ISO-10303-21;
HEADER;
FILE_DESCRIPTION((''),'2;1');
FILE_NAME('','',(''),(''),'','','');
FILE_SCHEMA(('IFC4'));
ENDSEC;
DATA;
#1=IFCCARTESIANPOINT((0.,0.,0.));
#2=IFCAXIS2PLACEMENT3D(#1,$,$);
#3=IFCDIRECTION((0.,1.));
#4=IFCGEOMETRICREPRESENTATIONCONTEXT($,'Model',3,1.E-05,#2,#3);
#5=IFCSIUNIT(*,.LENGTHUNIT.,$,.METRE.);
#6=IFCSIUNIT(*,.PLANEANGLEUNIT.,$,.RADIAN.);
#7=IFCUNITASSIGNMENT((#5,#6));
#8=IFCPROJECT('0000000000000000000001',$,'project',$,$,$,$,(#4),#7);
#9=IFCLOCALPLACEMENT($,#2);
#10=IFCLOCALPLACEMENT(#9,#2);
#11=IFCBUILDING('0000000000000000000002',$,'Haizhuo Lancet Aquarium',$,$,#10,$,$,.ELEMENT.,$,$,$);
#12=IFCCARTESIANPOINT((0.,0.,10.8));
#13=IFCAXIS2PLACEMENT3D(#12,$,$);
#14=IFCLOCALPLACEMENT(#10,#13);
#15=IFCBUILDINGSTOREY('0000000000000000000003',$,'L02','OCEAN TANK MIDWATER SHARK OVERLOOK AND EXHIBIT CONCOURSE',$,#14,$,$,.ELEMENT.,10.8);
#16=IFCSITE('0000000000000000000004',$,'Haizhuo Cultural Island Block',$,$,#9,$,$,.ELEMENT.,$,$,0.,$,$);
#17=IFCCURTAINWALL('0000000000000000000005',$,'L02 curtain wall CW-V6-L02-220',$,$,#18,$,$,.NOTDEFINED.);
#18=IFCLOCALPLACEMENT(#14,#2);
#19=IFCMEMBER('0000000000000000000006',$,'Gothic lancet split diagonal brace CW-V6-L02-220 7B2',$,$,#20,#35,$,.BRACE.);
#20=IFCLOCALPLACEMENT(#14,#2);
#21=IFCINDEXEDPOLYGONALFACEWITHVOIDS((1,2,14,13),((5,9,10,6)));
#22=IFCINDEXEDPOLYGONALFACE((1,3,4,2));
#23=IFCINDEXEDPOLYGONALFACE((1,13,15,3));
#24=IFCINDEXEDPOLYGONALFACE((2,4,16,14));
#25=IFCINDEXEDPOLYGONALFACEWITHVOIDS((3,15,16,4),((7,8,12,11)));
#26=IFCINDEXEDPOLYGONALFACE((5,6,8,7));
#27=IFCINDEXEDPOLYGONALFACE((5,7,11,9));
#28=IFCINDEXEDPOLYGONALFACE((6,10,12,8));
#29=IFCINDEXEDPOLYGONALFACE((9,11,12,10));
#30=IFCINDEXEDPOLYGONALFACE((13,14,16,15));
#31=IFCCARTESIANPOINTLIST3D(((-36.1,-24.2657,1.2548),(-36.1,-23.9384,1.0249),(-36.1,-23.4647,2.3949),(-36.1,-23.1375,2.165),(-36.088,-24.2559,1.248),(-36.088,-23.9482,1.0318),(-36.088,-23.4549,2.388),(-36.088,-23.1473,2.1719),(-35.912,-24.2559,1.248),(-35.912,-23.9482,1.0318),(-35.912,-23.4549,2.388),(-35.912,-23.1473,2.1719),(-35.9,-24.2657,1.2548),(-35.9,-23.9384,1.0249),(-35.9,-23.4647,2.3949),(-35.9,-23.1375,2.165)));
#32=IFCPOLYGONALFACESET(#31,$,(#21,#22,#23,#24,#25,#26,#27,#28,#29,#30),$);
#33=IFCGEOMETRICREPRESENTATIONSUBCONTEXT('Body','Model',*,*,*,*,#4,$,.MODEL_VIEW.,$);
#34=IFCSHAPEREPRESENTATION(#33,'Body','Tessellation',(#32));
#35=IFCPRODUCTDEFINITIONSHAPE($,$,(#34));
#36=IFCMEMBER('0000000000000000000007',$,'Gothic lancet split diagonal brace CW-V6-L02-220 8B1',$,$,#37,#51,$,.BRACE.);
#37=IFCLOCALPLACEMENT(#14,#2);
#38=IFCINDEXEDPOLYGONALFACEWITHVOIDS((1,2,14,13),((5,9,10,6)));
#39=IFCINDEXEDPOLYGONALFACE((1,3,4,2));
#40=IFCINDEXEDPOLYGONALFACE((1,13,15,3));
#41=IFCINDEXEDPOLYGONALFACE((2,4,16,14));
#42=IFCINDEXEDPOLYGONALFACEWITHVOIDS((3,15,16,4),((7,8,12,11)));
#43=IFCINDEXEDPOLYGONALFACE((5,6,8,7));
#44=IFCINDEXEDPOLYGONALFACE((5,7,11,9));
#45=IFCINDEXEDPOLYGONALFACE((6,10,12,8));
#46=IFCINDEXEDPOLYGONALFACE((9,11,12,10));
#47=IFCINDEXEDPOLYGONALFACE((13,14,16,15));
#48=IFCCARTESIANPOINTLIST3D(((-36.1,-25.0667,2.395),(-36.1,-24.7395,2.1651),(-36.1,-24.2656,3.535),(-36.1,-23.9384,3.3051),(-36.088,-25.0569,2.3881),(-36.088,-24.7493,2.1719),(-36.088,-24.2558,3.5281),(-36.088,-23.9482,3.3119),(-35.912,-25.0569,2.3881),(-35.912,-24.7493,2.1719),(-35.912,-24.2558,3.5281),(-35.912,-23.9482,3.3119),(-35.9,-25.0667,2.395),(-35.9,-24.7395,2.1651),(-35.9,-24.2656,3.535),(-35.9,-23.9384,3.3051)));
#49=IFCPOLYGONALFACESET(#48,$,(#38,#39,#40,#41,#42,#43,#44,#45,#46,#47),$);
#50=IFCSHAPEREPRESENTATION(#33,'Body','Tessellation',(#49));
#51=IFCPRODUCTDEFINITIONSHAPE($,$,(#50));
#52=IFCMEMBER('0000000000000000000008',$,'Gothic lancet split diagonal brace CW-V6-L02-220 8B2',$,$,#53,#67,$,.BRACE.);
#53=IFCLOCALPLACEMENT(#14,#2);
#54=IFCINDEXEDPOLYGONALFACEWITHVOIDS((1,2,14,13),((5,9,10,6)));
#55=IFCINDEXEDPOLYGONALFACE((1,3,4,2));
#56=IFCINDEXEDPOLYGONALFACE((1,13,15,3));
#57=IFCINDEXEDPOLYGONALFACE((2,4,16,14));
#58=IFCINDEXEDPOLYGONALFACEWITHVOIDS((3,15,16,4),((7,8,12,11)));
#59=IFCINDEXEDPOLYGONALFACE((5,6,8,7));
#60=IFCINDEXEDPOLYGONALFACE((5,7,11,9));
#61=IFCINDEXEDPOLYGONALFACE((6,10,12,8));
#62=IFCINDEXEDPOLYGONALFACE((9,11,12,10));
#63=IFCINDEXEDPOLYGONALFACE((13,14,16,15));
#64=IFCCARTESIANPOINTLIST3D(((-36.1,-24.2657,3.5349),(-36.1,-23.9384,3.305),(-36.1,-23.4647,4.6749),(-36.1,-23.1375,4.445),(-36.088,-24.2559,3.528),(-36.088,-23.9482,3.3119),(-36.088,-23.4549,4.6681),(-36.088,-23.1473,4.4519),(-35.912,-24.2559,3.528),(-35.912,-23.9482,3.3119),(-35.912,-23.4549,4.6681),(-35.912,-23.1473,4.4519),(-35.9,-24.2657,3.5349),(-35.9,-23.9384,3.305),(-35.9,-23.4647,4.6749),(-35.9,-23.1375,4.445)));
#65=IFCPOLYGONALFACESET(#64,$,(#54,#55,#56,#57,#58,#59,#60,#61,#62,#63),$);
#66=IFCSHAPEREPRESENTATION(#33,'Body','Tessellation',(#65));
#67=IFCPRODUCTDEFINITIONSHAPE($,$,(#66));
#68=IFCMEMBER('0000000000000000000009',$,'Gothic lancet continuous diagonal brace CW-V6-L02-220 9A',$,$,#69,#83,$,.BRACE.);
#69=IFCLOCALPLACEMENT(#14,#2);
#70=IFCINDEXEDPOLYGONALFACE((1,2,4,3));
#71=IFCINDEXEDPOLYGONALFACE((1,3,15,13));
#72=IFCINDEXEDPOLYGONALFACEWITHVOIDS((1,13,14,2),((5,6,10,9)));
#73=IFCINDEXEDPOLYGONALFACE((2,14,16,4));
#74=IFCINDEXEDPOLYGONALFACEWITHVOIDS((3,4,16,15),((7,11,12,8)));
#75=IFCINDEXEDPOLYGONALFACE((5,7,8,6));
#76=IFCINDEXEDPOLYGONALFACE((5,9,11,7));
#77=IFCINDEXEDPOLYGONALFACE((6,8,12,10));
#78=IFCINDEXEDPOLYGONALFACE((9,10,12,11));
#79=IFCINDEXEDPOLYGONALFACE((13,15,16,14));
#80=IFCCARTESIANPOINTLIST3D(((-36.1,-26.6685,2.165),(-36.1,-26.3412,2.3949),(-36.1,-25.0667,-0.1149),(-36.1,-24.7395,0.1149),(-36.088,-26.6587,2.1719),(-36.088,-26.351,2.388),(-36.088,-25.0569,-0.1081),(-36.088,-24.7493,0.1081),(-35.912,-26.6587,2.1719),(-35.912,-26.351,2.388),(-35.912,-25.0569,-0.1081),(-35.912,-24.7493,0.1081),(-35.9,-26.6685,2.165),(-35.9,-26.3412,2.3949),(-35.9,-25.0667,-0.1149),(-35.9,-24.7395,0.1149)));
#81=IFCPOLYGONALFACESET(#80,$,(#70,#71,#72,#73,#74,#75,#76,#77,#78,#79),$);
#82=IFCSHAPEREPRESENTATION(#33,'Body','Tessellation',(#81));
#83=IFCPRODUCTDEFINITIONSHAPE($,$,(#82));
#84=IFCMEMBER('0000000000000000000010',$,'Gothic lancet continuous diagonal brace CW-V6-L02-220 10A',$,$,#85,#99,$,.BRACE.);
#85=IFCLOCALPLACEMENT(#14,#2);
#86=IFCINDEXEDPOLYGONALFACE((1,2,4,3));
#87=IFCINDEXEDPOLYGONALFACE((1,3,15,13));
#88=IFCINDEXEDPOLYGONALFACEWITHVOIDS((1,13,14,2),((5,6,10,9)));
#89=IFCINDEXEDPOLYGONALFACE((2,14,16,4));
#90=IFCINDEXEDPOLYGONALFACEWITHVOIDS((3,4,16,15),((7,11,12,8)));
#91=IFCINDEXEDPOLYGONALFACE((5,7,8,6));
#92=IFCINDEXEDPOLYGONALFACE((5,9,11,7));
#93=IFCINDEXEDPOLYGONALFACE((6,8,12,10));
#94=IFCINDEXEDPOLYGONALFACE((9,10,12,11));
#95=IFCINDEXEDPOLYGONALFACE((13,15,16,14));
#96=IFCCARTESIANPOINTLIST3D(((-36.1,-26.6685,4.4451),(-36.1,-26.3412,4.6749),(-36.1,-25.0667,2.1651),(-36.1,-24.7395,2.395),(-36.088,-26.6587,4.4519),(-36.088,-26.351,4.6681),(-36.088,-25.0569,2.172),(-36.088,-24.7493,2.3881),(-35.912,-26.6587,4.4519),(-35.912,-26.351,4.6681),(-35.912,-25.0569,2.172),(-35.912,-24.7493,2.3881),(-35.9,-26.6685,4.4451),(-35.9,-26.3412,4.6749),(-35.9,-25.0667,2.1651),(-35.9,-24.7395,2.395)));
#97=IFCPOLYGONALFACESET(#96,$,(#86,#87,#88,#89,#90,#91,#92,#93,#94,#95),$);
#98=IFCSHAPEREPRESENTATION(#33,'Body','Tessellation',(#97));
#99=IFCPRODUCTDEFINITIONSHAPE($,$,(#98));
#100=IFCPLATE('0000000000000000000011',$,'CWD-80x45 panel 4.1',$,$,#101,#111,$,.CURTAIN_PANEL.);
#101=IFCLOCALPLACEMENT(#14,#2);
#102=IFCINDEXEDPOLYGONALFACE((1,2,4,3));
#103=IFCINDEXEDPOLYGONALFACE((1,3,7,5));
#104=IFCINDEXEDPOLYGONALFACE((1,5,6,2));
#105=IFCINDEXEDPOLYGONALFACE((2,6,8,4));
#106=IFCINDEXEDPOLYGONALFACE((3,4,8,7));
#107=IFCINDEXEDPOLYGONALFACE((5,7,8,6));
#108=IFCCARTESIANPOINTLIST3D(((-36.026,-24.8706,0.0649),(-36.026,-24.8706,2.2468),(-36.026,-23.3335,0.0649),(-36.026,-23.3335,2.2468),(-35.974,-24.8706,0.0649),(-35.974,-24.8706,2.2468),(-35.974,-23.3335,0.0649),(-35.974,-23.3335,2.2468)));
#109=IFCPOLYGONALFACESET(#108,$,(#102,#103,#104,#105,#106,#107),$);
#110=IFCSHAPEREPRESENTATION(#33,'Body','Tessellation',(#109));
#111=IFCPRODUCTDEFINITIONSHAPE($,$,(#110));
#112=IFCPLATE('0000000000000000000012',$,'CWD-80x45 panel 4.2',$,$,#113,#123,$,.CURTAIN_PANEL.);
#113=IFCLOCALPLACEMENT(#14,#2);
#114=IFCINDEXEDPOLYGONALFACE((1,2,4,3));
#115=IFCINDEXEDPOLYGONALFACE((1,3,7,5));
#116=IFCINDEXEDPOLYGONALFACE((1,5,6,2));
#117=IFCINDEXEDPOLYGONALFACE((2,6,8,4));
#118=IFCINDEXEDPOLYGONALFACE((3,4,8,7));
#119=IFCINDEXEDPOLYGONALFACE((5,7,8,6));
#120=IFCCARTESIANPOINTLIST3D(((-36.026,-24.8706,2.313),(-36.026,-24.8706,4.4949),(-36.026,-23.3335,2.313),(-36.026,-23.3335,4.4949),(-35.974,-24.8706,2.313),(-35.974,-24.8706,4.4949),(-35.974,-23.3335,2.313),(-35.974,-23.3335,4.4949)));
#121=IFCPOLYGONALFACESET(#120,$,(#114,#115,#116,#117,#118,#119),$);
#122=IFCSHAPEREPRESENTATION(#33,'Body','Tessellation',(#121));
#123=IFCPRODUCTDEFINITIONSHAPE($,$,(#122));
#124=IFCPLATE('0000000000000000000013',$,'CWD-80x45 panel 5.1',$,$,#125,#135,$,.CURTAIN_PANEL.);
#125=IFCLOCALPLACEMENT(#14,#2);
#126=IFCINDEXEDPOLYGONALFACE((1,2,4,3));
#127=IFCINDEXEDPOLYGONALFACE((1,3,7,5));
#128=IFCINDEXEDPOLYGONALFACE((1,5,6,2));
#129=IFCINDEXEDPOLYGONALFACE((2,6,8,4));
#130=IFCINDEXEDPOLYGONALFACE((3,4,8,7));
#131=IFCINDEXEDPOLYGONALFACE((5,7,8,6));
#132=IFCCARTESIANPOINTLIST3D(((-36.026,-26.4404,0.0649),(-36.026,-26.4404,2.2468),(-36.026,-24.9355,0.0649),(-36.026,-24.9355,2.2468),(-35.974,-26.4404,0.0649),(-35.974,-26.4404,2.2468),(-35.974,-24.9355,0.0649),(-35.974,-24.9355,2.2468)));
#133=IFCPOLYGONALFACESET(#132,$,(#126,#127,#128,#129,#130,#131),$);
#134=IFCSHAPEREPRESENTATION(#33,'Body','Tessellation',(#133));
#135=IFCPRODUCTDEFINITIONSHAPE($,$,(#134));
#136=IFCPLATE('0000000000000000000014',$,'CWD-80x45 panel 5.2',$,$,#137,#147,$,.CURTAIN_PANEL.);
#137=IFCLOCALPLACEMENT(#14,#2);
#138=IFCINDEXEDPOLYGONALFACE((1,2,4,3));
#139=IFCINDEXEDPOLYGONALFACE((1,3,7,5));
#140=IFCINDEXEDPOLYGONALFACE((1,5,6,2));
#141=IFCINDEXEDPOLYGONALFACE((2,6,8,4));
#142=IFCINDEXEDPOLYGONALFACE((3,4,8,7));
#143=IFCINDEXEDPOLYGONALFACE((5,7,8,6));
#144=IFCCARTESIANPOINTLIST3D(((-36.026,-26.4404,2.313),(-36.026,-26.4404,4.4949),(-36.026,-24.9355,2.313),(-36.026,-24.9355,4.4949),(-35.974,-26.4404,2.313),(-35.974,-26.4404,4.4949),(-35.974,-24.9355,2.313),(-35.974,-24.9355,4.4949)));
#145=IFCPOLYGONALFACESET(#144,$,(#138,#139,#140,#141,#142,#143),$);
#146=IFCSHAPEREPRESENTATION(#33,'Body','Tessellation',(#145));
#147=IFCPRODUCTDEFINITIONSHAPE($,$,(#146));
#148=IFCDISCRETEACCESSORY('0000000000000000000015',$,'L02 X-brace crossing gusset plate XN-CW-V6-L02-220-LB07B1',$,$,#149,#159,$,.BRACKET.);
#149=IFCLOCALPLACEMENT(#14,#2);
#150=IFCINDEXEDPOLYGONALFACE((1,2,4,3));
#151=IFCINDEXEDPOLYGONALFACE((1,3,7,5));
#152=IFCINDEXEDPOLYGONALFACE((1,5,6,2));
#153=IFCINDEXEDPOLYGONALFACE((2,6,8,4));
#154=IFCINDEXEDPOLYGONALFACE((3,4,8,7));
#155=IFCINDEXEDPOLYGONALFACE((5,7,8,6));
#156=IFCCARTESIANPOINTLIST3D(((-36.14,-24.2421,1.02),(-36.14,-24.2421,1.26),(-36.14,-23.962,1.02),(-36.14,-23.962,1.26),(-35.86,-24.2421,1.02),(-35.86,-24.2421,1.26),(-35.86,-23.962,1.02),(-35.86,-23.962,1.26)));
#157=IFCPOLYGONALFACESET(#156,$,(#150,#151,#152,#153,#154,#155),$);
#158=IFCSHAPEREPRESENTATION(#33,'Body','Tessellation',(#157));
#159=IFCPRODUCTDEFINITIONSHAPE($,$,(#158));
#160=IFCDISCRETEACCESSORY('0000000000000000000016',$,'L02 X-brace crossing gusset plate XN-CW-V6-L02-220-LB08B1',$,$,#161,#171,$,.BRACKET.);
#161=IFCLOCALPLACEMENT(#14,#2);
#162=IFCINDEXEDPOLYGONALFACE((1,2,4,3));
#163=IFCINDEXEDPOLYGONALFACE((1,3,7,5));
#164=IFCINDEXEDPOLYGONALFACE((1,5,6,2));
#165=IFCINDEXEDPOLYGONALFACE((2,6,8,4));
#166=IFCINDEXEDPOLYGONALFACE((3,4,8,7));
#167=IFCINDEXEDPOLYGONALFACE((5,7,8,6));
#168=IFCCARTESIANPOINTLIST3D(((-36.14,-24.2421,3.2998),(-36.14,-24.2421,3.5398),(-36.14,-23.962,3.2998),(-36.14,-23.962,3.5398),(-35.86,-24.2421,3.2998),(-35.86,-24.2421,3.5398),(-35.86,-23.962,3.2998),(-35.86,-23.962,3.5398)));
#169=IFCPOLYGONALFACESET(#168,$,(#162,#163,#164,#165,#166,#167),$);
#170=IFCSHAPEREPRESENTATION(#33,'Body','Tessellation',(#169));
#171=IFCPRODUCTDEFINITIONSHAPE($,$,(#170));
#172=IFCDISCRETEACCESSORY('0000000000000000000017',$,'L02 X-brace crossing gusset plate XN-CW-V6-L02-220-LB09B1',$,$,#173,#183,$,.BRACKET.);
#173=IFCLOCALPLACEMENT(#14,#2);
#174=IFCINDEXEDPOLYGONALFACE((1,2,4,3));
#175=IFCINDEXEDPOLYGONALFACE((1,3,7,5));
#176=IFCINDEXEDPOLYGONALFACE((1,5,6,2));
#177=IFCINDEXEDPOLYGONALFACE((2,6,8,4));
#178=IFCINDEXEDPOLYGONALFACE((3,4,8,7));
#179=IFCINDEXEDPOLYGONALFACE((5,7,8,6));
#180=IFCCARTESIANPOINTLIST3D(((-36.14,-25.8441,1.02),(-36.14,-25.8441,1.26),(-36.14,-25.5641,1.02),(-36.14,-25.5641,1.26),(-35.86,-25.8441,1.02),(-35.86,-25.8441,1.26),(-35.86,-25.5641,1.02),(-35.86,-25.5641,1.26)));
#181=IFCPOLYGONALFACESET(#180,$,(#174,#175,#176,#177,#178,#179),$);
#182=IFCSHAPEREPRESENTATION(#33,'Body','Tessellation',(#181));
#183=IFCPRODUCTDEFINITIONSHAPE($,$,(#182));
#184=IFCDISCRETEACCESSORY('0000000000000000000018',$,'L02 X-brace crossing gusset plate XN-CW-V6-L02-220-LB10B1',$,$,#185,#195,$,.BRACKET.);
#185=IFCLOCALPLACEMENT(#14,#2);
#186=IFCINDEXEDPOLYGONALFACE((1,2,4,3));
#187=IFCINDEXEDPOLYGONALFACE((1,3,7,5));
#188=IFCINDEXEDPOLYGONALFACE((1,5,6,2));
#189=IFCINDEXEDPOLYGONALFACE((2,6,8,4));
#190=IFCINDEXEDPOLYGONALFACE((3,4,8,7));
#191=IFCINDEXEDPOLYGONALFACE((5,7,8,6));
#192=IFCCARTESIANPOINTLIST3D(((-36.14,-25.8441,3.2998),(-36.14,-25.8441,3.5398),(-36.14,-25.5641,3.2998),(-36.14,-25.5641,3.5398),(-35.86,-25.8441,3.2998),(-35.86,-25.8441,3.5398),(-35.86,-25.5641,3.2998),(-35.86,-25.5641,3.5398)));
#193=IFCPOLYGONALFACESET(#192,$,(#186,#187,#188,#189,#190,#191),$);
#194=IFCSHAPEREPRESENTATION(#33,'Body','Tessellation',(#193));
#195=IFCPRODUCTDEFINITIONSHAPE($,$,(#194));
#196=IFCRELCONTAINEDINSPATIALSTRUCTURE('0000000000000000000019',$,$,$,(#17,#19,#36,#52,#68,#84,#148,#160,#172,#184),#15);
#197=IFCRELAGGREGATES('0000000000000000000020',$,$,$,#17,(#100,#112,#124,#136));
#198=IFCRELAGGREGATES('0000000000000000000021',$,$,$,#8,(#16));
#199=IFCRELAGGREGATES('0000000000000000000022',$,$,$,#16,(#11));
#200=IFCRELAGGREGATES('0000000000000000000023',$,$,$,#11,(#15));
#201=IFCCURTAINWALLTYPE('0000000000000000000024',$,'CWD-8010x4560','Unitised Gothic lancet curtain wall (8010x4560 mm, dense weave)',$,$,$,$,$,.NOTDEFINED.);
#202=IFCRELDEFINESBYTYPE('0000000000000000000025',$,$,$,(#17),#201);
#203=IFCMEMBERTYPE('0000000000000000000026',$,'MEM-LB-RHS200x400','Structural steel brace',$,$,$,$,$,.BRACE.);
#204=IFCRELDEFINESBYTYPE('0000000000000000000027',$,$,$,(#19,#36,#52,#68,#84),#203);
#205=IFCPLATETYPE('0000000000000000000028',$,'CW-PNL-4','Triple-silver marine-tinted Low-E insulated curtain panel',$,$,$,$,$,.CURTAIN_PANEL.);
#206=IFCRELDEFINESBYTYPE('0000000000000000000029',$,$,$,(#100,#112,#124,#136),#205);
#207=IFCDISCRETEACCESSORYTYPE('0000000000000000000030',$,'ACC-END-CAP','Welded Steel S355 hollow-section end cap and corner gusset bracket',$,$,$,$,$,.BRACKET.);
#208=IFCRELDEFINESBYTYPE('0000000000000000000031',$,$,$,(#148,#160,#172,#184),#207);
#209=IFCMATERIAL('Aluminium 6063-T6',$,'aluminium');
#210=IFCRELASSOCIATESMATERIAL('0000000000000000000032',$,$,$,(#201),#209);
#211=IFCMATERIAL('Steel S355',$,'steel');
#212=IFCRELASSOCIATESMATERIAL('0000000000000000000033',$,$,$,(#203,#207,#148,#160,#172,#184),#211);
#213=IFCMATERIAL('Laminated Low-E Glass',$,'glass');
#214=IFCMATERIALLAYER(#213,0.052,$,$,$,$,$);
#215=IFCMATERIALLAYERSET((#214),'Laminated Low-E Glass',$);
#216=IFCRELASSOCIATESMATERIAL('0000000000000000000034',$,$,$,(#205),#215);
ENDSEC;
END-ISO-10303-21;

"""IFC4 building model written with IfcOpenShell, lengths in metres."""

from ifc_helpers import new_model, si_unit, direction, frame, origin, origin_2d, place, context, subcontext, project, spatial, rectangle, hollow_rectangle, extrude, material, layer, layer_set, material_profile, profile_set, type_object, element, aggregate, save


model = new_model("IFC4")

# Units and contexts
model_context = context("Model", 3, precision=1e-05, world=origin(), true_north=direction((0.0, 1.0)))
body_context = subcontext(model_context, "Body", "Model", "MODEL_VIEW")
ifc_project = project(units=[si_unit("LENGTHUNIT", "METRE"), si_unit("PLANEANGLEUNIT", "RADIAN")], contexts=[model_context])

# Site, building, storey
site_placement = place(None, origin())
site = spatial("IfcSite", under=ifc_project, at=site_placement, Name="Haizhuo Cultural Island Block", CompositionType="ELEMENT", RefElevation=0.0)
building_placement = place(site_placement, origin())
building = spatial("IfcBuilding", under=site, at=building_placement, Name="Haizhuo Lancet Aquarium", CompositionType="ELEMENT")
storey_placement = place(building_placement, frame((0.0, 0.0, 10.8)))
storey = spatial("IfcBuildingStorey", under=building, at=storey_placement, Name="L02", Description="OCEAN TANK MIDWATER SHARK OVERLOOK AND EXHIBIT CONCOURSE", CompositionType="ELEMENT", Elevation=10.8)

# Curtain wall
ifc_material_1 = material(Name="Aluminium 6063-T6", Category="aluminium")
curtain_wall_type = type_object("IfcCurtainWallType", Name="CWD-8010x4560", Description="Unitised Gothic lancet curtain wall (8010x4560 mm, dense weave)", PredefinedType="NOTDEFINED", material=ifc_material_1)
curtain_wall_placement = place(storey_placement, origin())
curtain_wall = element("IfcCurtainWall", 1, at=curtain_wall_placement, inside=storey, type_object=curtain_wall_type, Name="L02 curtain wall CW-V6-L02-220", PredefinedType="NOTDEFINED")

# Members
ifc_material_2 = material(Name="Steel S355", Category="steel")
ifc_material_profile_1 = material_profile(ifc_material_2, hollow_rectangle(XDim=0.2, YDim=0.3999, WallThickness=0.012, at=origin_2d()), Name="RHS 200x400x12")
ifc_profile_set_1 = profile_set([ifc_material_profile_1], Name="Steel S355")
member_type_1 = type_object("IfcMemberType", Name="MEM-LB-RHS200x400", Description="Structural steel brace", PredefinedType="BRACE", material=ifc_profile_set_1)
for number, where, z_axis, x_axis, name in (
    (2, (-36.0, -24.1021, 1.1399), (0.0, 0.574873, 0.818243), (-1.0, 0.0, 0.0), "Gothic lancet split diagonal brace CW-V6-L02-220 7B2"),
    (3, (-36.0, -24.9031, 2.28), (0.0, 0.574955, 0.818185), (-1.0, 0.0, 0.0), "Gothic lancet split diagonal brace CW-V6-L02-220 8B1"),
    (4, (-36.0, -24.1021, 3.4199), (0.0, 0.574873, 0.818243), (-1.0, 0.0, 0.0), "Gothic lancet split diagonal brace CW-V6-L02-220 8B2"),
):
    element("IfcMember", number, at=place(storey_placement, frame(where, z_axis=z_axis, x_axis=x_axis)), inside=storey, type_object=member_type_1, Name=name, PredefinedType="BRACE", context=body_context, shape_type="SweptSolid", body=[
        extrude(hollow_rectangle(XDim=0.2, YDim=0.3999, WallThickness=0.012, at=origin_2d()), origin(), (0.0, 0.0, 1.0), 1.3933),
    ])
for number, where, z_axis, x_axis, name in (
    (5, (-36.0, -24.9031, 0.0), (0.0, -0.574855, 0.818255), (1.0, 0.0, 0.0), "Gothic lancet continuous diagonal brace CW-V6-L02-220 9A"),
    (6, (-36.0, -24.9031, 2.28), (0.0, -0.574855, 0.818255), (1.0, 0.0, 0.0), "Gothic lancet continuous diagonal brace CW-V6-L02-220 10A"),
):
    element("IfcMember", number, at=place(storey_placement, frame(where, z_axis=z_axis, x_axis=x_axis)), inside=storey, type_object=member_type_1, Name=name, PredefinedType="BRACE", context=body_context, shape_type="SweptSolid", body=[
        extrude(hollow_rectangle(XDim=0.2, YDim=0.3999, WallThickness=0.012, at=origin_2d()), origin(), (0.0, 0.0, 1.0), 2.7864),
    ])

# Plates
ifc_material_3 = material(Name="Laminated Low-E Glass", Category="glass")
ifc_layer = layer(ifc_material_3, 0.052)
ifc_layer_set = layer_set([ifc_layer], Name="Laminated Low-E Glass")
plate_type = type_object("IfcPlateType", Name="CW-PNL-4", Description="Triple-silver marine-tinted Low-E insulated curtain panel", PredefinedType="CURTAIN_PANEL", material=ifc_layer_set)
plate_1_placement = place(storey_placement, frame((-36.0, -24.1021, 0.0649), z_axis=(0.0, 0.0, 1.0), x_axis=(0.0, -1.0, 0.0)))
plate_1 = element("IfcPlate", 7, at=plate_1_placement, type_object=plate_type, Name="CWD-80x45 panel 4.1", PredefinedType="CURTAIN_PANEL", context=body_context, shape_type="SweptSolid", body=[
    extrude(rectangle(XDim=1.5371, YDim=0.052, at=origin_2d()), origin(), (0.0, 0.0, 1.0), 2.1819),
])
plate_2_placement = place(storey_placement, frame((-36.0, -24.1021, 2.313), z_axis=(0.0, 0.0, 1.0), x_axis=(0.0, -1.0, 0.0)))
plate_2 = element("IfcPlate", 8, at=plate_2_placement, type_object=plate_type, Name="CWD-80x45 panel 4.2", PredefinedType="CURTAIN_PANEL", context=body_context, shape_type="SweptSolid", body=[
    extrude(rectangle(XDim=1.5371, YDim=0.052, at=origin_2d()), origin(), (0.0, 0.0, 1.0), 2.1819),
])
plate_3_placement = place(storey_placement, frame((-36.0, -25.688, 0.0649), z_axis=(0.0, 0.0, 1.0), x_axis=(0.0, -1.0, 0.0)))
plate_3 = element("IfcPlate", 9, at=plate_3_placement, type_object=plate_type, Name="CWD-80x45 panel 5.1", PredefinedType="CURTAIN_PANEL", context=body_context, shape_type="SweptSolid", body=[
    extrude(rectangle(XDim=1.5049, YDim=0.052, at=origin_2d()), origin(), (0.0, 0.0, 1.0), 2.1819),
])
plate_4_placement = place(storey_placement, frame((-36.0, -25.688, 2.313), z_axis=(0.0, 0.0, 1.0), x_axis=(0.0, -1.0, 0.0)))
plate_4 = element("IfcPlate", 10, at=plate_4_placement, type_object=plate_type, Name="CWD-80x45 panel 5.2", PredefinedType="CURTAIN_PANEL", context=body_context, shape_type="SweptSolid", body=[
    extrude(rectangle(XDim=1.5049, YDim=0.052, at=origin_2d()), origin(), (0.0, 0.0, 1.0), 2.1819),
])
aggregate(curtain_wall, [plate_1, plate_2, plate_3, plate_4])

# Discrete accessories
discrete_accessory_type = type_object("IfcDiscreteAccessoryType", Name="ACC-END-CAP", Description="Welded Steel S355 hollow-section end cap and corner gusset bracket", PredefinedType="BRACKET", material=ifc_material_2)
for number, where, z_axis, x_axis, name in (
    (11, (-36.0, -24.1021, 1.02), (0.0, 0.0, 1.0), (1.0, 0.0, 0.0), "L02 X-brace crossing gusset plate XN-CW-V6-L02-220-LB07B1"),
    (12, (-36.0, -24.1021, 3.2998), (0.0, 0.0, 1.0), (1.0, 0.0, 0.0), "L02 X-brace crossing gusset plate XN-CW-V6-L02-220-LB08B1"),
    (13, (-36.0, -25.7041, 1.02), (0.0, 0.0, 1.0), (1.0, 0.0, 0.0), "L02 X-brace crossing gusset plate XN-CW-V6-L02-220-LB09B1"),
    (14, (-36.0, -25.7041, 3.2998), (0.0, 0.0, 1.0), (1.0, 0.0, 0.0), "L02 X-brace crossing gusset plate XN-CW-V6-L02-220-LB10B1"),
):
    element("IfcDiscreteAccessory", number, at=place(storey_placement, frame(where, z_axis=z_axis, x_axis=x_axis)), inside=storey, type_object=discrete_accessory_type, material=ifc_material_2, Name=name, PredefinedType="BRACKET", context=body_context, shape_type="SweptSolid", body=[
        extrude(rectangle(XDim=0.28, YDim=0.28, at=origin_2d()), origin(), (0.0, 0.0, 1.0), 0.24),
    ])

save(model, "model.ifc")
